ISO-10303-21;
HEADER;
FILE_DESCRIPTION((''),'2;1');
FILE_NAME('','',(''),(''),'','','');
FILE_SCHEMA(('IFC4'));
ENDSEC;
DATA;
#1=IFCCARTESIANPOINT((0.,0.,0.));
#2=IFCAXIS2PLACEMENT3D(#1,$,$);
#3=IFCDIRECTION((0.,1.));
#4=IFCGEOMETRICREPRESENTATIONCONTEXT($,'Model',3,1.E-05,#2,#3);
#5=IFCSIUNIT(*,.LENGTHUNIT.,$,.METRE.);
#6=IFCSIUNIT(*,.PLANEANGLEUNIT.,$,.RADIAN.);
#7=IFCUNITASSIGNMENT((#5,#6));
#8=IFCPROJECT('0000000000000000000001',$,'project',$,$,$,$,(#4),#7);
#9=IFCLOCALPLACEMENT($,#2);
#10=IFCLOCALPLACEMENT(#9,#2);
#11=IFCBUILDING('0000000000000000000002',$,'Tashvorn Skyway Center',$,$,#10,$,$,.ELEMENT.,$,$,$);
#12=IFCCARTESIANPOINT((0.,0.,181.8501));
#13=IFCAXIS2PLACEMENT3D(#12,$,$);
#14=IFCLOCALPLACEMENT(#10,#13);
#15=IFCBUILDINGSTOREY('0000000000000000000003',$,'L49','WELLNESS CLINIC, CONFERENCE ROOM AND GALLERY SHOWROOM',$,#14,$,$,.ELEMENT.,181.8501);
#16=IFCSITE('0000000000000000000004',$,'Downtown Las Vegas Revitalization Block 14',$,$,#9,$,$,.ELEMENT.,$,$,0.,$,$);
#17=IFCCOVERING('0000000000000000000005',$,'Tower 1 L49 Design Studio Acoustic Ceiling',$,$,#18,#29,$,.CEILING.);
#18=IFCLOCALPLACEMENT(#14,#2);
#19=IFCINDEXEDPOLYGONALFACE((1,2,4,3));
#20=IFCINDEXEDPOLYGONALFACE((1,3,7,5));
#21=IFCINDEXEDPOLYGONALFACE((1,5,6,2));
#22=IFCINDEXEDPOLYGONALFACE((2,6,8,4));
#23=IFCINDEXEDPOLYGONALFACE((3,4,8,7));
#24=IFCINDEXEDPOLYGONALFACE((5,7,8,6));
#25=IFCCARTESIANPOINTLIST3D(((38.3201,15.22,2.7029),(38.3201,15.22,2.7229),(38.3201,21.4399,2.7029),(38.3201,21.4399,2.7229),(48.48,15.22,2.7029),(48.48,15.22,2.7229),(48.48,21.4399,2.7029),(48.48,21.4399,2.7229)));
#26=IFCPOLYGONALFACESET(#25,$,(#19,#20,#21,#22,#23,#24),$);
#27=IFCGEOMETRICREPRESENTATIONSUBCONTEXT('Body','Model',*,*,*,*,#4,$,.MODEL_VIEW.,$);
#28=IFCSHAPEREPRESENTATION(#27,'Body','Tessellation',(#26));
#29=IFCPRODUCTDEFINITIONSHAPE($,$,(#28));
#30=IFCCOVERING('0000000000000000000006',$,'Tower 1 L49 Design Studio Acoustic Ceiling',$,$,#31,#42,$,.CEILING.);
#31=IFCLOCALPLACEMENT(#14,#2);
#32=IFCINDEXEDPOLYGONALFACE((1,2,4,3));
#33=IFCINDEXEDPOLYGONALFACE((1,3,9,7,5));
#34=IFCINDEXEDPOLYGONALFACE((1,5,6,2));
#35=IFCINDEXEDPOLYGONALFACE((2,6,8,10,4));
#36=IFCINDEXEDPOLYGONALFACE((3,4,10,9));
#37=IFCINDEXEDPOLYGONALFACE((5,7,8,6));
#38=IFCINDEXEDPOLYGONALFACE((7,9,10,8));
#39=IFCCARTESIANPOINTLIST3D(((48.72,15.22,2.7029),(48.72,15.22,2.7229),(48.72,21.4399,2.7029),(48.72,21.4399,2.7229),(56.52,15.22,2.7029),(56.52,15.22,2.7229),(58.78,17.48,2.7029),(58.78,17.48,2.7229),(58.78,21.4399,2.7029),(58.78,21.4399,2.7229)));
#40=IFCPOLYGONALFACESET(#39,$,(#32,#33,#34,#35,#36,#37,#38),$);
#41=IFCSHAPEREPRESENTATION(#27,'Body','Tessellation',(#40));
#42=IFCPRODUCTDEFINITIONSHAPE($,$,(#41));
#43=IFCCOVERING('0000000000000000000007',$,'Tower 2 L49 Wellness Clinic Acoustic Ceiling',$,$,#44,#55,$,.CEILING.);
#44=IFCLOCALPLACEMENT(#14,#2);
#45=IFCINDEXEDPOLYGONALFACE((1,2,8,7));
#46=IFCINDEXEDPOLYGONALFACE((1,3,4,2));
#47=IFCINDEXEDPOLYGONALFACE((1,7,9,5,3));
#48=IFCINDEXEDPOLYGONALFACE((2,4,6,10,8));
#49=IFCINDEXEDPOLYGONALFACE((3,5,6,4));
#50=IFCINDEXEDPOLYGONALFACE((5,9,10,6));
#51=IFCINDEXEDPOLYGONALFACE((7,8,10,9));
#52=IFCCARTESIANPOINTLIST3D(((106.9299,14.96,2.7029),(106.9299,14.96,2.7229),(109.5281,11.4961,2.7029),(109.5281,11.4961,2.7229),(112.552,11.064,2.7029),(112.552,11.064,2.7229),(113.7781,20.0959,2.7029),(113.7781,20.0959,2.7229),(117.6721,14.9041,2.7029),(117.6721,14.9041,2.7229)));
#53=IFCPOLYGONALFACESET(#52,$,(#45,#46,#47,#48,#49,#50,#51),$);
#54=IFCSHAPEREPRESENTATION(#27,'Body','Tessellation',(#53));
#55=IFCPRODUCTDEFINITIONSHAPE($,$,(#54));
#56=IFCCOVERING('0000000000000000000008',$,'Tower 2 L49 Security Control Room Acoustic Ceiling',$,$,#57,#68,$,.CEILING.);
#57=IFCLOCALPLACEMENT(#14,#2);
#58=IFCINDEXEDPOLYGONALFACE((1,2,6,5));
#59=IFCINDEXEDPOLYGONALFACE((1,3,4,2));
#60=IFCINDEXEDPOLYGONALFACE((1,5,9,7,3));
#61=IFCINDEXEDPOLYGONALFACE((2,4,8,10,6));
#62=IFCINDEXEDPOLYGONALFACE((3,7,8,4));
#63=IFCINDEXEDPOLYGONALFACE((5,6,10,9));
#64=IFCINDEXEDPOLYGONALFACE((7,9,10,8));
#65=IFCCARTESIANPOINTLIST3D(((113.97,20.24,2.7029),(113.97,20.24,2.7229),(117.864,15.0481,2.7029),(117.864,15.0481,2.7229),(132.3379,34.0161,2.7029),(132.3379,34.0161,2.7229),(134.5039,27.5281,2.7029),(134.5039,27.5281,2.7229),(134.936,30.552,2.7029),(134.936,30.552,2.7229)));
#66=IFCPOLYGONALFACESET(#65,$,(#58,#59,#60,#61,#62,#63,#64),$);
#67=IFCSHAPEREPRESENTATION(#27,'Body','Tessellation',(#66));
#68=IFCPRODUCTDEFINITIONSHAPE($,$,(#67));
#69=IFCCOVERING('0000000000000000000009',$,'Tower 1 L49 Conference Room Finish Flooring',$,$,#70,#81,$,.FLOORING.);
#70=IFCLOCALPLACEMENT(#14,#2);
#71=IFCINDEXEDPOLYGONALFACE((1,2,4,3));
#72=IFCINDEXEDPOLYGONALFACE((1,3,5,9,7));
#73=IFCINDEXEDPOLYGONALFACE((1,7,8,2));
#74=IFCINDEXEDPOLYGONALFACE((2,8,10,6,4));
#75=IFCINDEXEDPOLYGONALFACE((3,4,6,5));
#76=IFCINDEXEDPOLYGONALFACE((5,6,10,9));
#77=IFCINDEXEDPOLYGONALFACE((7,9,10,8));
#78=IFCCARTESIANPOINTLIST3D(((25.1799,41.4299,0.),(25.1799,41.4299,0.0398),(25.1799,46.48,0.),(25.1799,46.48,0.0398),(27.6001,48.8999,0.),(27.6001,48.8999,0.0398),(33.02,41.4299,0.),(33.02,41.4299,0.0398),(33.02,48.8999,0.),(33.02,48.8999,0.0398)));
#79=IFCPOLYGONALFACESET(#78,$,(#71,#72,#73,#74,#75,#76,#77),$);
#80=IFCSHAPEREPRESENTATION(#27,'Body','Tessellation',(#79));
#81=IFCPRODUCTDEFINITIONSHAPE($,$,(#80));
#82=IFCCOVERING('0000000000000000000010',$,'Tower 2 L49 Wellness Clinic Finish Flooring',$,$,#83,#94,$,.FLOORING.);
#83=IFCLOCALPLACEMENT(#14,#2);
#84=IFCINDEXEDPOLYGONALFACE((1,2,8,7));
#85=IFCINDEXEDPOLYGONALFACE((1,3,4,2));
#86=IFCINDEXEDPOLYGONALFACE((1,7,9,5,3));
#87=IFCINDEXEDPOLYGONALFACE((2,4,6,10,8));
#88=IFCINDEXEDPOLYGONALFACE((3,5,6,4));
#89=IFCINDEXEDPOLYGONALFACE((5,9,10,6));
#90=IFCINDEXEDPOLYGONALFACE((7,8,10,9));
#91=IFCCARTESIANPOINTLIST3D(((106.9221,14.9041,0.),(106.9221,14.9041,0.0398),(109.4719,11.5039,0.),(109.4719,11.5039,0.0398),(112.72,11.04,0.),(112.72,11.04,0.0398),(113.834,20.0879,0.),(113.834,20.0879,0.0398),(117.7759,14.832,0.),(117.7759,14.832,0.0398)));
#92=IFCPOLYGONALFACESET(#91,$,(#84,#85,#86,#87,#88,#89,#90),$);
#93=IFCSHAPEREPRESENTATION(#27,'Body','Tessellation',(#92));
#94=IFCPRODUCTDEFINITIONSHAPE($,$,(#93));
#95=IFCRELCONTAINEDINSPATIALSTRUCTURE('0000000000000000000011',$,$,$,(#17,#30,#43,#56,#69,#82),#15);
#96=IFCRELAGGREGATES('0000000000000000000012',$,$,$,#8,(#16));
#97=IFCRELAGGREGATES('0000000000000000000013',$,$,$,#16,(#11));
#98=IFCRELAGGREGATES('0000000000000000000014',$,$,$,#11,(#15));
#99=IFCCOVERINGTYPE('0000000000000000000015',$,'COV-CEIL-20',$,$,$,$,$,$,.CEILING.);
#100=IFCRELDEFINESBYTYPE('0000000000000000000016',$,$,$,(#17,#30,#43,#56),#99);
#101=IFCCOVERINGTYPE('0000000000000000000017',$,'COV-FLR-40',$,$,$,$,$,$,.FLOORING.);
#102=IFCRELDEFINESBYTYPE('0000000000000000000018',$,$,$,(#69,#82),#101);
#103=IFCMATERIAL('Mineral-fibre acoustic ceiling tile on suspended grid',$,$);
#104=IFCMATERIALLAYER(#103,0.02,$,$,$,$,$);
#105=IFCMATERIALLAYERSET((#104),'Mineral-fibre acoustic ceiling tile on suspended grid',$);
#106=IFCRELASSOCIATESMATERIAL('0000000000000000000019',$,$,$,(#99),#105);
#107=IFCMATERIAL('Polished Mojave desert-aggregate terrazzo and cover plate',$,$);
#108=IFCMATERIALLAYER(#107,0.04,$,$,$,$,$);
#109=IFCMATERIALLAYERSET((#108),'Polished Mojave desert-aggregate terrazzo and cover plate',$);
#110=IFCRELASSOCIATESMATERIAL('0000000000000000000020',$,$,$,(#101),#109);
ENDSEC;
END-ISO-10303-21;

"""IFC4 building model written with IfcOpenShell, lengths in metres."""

from ifc_helpers import new_model, si_unit, direction, frame, origin, place, context, subcontext, project, spatial, polyline, outline, extrude, material, layer, layer_set, type_object, element, save


model = new_model("IFC4")

# Units and contexts
model_context = context("Model", 3, precision=1e-05, world=origin(), true_north=direction((0.0, 1.0)))
body_context = subcontext(model_context, "Body", "Model", "MODEL_VIEW")
ifc_project = project(units=[si_unit("LENGTHUNIT", "METRE"), si_unit("PLANEANGLEUNIT", "RADIAN")], contexts=[model_context])

# Site, building, storey
site_placement = place(None, origin())
site = spatial("IfcSite", under=ifc_project, at=site_placement, Name="Downtown Las Vegas Revitalization Block 14", CompositionType="ELEMENT", RefElevation=0.0)
building_placement = place(site_placement, origin())
building = spatial("IfcBuilding", under=site, at=building_placement, Name="Tashvorn Skyway Center", CompositionType="ELEMENT")
storey_placement = place(building_placement, frame((0.0, 0.0, 181.8501)))
storey = spatial("IfcBuildingStorey", under=building, at=storey_placement, Name="L49", Description="WELLNESS CLINIC, CONFERENCE ROOM AND GALLERY SHOWROOM", CompositionType="ELEMENT", Elevation=181.8501)

# Coverings
ifc_material_1 = material(Name="Mineral-fibre acoustic ceiling tile on suspended grid")
ifc_layer_1 = layer(ifc_material_1, 0.02)
ifc_layer_set_1 = layer_set([ifc_layer_1], Name="Mineral-fibre acoustic ceiling tile on suspended grid")
covering_type_1 = type_object("IfcCoveringType", Name="COV-CEIL-20", PredefinedType="CEILING", material=ifc_layer_set_1)
covering_1_placement = place(storey_placement, frame((0.0, 0.0, 2.7029)))
element("IfcCovering", 1, at=covering_1_placement, inside=storey, type_object=covering_type_1, Name="Tower 1 L49 Design Studio Acoustic Ceiling", PredefinedType="CEILING", context=body_context, shape_type="SweptSolid", body=[
    extrude(outline(polyline([(38.3201, 21.4399), (48.48, 21.4399), (48.48, 15.22), (38.3201, 15.22), (38.3201, 21.4399)])), origin(), (0.0, 0.0, 1.0), 0.02),
])
covering_2_placement = place(storey_placement, frame((0.0, 0.0, 2.7029)))
element("IfcCovering", 2, at=covering_2_placement, inside=storey, type_object=covering_type_1, Name="Tower 1 L49 Design Studio Acoustic Ceiling", PredefinedType="CEILING", context=body_context, shape_type="SweptSolid", body=[
    extrude(outline(polyline([(48.72, 15.22), (48.72, 21.4399), (58.78, 21.4399), (58.78, 17.48), (56.52, 15.22), (48.72, 15.22)])), origin(), (0.0, 0.0, 1.0), 0.02),
])
covering_3_placement = place(storey_placement, frame((0.0, 0.0, 2.7029)))
element("IfcCovering", 3, at=covering_3_placement, inside=storey, type_object=covering_type_1, Name="Tower 2 L49 Wellness Clinic Acoustic Ceiling", PredefinedType="CEILING", context=body_context, shape_type="SweptSolid", body=[
    extrude(outline(polyline([(106.9299, 14.96), (113.7781, 20.0959), (117.6721, 14.9041), (112.552, 11.064), (109.5281, 11.4961), (106.9299, 14.96)])), origin(), (0.0, 0.0, 1.0), 0.02),
])
covering_4_placement = place(storey_placement, frame((0.0, 0.0, 2.7029)))
element("IfcCovering", 4, at=covering_4_placement, inside=storey, type_object=covering_type_1, Name="Tower 2 L49 Security Control Room Acoustic Ceiling", PredefinedType="CEILING", context=body_context, shape_type="SweptSolid", body=[
    extrude(outline(polyline([(117.864, 15.0481), (113.97, 20.24), (132.3379, 34.0161), (134.936, 30.552), (134.5039, 27.5281), (117.864, 15.0481)])), origin(), (0.0, 0.0, 1.0), 0.02),
])
ifc_material_2 = material(Name="Polished Mojave desert-aggregate terrazzo and cover plate")
ifc_layer_2 = layer(ifc_material_2, 0.04)
ifc_layer_set_2 = layer_set([ifc_layer_2], Name="Polished Mojave desert-aggregate terrazzo and cover plate")
covering_type_2 = type_object("IfcCoveringType", Name="COV-FLR-40", PredefinedType="FLOORING", material=ifc_layer_set_2)
covering_5_placement = place(storey_placement, origin())
element("IfcCovering", 5, at=covering_5_placement, inside=storey, type_object=covering_type_2, Name="Tower 1 L49 Conference Room Finish Flooring", PredefinedType="FLOORING", context=body_context, shape_type="SweptSolid", body=[
    extrude(outline(polyline([(33.02, 41.4299), (25.1799, 41.4299), (25.1799, 46.48), (27.6001, 48.8999), (33.02, 48.8999), (33.02, 41.4299)])), origin(), (0.0, 0.0, 1.0), 0.0398),
])
covering_6_placement = place(storey_placement, origin())
element("IfcCovering", 6, at=covering_6_placement, inside=storey, type_object=covering_type_2, Name="Tower 2 L49 Wellness Clinic Finish Flooring", PredefinedType="FLOORING", context=body_context, shape_type="SweptSolid", body=[
    extrude(outline(polyline([(112.72, 11.04), (109.4719, 11.5039), (106.9221, 14.9041), (113.834, 20.0879), (117.7759, 14.832), (112.72, 11.04)])), origin(), (0.0, 0.0, 1.0), 0.0398),
])

save(model, "model.ifc")
